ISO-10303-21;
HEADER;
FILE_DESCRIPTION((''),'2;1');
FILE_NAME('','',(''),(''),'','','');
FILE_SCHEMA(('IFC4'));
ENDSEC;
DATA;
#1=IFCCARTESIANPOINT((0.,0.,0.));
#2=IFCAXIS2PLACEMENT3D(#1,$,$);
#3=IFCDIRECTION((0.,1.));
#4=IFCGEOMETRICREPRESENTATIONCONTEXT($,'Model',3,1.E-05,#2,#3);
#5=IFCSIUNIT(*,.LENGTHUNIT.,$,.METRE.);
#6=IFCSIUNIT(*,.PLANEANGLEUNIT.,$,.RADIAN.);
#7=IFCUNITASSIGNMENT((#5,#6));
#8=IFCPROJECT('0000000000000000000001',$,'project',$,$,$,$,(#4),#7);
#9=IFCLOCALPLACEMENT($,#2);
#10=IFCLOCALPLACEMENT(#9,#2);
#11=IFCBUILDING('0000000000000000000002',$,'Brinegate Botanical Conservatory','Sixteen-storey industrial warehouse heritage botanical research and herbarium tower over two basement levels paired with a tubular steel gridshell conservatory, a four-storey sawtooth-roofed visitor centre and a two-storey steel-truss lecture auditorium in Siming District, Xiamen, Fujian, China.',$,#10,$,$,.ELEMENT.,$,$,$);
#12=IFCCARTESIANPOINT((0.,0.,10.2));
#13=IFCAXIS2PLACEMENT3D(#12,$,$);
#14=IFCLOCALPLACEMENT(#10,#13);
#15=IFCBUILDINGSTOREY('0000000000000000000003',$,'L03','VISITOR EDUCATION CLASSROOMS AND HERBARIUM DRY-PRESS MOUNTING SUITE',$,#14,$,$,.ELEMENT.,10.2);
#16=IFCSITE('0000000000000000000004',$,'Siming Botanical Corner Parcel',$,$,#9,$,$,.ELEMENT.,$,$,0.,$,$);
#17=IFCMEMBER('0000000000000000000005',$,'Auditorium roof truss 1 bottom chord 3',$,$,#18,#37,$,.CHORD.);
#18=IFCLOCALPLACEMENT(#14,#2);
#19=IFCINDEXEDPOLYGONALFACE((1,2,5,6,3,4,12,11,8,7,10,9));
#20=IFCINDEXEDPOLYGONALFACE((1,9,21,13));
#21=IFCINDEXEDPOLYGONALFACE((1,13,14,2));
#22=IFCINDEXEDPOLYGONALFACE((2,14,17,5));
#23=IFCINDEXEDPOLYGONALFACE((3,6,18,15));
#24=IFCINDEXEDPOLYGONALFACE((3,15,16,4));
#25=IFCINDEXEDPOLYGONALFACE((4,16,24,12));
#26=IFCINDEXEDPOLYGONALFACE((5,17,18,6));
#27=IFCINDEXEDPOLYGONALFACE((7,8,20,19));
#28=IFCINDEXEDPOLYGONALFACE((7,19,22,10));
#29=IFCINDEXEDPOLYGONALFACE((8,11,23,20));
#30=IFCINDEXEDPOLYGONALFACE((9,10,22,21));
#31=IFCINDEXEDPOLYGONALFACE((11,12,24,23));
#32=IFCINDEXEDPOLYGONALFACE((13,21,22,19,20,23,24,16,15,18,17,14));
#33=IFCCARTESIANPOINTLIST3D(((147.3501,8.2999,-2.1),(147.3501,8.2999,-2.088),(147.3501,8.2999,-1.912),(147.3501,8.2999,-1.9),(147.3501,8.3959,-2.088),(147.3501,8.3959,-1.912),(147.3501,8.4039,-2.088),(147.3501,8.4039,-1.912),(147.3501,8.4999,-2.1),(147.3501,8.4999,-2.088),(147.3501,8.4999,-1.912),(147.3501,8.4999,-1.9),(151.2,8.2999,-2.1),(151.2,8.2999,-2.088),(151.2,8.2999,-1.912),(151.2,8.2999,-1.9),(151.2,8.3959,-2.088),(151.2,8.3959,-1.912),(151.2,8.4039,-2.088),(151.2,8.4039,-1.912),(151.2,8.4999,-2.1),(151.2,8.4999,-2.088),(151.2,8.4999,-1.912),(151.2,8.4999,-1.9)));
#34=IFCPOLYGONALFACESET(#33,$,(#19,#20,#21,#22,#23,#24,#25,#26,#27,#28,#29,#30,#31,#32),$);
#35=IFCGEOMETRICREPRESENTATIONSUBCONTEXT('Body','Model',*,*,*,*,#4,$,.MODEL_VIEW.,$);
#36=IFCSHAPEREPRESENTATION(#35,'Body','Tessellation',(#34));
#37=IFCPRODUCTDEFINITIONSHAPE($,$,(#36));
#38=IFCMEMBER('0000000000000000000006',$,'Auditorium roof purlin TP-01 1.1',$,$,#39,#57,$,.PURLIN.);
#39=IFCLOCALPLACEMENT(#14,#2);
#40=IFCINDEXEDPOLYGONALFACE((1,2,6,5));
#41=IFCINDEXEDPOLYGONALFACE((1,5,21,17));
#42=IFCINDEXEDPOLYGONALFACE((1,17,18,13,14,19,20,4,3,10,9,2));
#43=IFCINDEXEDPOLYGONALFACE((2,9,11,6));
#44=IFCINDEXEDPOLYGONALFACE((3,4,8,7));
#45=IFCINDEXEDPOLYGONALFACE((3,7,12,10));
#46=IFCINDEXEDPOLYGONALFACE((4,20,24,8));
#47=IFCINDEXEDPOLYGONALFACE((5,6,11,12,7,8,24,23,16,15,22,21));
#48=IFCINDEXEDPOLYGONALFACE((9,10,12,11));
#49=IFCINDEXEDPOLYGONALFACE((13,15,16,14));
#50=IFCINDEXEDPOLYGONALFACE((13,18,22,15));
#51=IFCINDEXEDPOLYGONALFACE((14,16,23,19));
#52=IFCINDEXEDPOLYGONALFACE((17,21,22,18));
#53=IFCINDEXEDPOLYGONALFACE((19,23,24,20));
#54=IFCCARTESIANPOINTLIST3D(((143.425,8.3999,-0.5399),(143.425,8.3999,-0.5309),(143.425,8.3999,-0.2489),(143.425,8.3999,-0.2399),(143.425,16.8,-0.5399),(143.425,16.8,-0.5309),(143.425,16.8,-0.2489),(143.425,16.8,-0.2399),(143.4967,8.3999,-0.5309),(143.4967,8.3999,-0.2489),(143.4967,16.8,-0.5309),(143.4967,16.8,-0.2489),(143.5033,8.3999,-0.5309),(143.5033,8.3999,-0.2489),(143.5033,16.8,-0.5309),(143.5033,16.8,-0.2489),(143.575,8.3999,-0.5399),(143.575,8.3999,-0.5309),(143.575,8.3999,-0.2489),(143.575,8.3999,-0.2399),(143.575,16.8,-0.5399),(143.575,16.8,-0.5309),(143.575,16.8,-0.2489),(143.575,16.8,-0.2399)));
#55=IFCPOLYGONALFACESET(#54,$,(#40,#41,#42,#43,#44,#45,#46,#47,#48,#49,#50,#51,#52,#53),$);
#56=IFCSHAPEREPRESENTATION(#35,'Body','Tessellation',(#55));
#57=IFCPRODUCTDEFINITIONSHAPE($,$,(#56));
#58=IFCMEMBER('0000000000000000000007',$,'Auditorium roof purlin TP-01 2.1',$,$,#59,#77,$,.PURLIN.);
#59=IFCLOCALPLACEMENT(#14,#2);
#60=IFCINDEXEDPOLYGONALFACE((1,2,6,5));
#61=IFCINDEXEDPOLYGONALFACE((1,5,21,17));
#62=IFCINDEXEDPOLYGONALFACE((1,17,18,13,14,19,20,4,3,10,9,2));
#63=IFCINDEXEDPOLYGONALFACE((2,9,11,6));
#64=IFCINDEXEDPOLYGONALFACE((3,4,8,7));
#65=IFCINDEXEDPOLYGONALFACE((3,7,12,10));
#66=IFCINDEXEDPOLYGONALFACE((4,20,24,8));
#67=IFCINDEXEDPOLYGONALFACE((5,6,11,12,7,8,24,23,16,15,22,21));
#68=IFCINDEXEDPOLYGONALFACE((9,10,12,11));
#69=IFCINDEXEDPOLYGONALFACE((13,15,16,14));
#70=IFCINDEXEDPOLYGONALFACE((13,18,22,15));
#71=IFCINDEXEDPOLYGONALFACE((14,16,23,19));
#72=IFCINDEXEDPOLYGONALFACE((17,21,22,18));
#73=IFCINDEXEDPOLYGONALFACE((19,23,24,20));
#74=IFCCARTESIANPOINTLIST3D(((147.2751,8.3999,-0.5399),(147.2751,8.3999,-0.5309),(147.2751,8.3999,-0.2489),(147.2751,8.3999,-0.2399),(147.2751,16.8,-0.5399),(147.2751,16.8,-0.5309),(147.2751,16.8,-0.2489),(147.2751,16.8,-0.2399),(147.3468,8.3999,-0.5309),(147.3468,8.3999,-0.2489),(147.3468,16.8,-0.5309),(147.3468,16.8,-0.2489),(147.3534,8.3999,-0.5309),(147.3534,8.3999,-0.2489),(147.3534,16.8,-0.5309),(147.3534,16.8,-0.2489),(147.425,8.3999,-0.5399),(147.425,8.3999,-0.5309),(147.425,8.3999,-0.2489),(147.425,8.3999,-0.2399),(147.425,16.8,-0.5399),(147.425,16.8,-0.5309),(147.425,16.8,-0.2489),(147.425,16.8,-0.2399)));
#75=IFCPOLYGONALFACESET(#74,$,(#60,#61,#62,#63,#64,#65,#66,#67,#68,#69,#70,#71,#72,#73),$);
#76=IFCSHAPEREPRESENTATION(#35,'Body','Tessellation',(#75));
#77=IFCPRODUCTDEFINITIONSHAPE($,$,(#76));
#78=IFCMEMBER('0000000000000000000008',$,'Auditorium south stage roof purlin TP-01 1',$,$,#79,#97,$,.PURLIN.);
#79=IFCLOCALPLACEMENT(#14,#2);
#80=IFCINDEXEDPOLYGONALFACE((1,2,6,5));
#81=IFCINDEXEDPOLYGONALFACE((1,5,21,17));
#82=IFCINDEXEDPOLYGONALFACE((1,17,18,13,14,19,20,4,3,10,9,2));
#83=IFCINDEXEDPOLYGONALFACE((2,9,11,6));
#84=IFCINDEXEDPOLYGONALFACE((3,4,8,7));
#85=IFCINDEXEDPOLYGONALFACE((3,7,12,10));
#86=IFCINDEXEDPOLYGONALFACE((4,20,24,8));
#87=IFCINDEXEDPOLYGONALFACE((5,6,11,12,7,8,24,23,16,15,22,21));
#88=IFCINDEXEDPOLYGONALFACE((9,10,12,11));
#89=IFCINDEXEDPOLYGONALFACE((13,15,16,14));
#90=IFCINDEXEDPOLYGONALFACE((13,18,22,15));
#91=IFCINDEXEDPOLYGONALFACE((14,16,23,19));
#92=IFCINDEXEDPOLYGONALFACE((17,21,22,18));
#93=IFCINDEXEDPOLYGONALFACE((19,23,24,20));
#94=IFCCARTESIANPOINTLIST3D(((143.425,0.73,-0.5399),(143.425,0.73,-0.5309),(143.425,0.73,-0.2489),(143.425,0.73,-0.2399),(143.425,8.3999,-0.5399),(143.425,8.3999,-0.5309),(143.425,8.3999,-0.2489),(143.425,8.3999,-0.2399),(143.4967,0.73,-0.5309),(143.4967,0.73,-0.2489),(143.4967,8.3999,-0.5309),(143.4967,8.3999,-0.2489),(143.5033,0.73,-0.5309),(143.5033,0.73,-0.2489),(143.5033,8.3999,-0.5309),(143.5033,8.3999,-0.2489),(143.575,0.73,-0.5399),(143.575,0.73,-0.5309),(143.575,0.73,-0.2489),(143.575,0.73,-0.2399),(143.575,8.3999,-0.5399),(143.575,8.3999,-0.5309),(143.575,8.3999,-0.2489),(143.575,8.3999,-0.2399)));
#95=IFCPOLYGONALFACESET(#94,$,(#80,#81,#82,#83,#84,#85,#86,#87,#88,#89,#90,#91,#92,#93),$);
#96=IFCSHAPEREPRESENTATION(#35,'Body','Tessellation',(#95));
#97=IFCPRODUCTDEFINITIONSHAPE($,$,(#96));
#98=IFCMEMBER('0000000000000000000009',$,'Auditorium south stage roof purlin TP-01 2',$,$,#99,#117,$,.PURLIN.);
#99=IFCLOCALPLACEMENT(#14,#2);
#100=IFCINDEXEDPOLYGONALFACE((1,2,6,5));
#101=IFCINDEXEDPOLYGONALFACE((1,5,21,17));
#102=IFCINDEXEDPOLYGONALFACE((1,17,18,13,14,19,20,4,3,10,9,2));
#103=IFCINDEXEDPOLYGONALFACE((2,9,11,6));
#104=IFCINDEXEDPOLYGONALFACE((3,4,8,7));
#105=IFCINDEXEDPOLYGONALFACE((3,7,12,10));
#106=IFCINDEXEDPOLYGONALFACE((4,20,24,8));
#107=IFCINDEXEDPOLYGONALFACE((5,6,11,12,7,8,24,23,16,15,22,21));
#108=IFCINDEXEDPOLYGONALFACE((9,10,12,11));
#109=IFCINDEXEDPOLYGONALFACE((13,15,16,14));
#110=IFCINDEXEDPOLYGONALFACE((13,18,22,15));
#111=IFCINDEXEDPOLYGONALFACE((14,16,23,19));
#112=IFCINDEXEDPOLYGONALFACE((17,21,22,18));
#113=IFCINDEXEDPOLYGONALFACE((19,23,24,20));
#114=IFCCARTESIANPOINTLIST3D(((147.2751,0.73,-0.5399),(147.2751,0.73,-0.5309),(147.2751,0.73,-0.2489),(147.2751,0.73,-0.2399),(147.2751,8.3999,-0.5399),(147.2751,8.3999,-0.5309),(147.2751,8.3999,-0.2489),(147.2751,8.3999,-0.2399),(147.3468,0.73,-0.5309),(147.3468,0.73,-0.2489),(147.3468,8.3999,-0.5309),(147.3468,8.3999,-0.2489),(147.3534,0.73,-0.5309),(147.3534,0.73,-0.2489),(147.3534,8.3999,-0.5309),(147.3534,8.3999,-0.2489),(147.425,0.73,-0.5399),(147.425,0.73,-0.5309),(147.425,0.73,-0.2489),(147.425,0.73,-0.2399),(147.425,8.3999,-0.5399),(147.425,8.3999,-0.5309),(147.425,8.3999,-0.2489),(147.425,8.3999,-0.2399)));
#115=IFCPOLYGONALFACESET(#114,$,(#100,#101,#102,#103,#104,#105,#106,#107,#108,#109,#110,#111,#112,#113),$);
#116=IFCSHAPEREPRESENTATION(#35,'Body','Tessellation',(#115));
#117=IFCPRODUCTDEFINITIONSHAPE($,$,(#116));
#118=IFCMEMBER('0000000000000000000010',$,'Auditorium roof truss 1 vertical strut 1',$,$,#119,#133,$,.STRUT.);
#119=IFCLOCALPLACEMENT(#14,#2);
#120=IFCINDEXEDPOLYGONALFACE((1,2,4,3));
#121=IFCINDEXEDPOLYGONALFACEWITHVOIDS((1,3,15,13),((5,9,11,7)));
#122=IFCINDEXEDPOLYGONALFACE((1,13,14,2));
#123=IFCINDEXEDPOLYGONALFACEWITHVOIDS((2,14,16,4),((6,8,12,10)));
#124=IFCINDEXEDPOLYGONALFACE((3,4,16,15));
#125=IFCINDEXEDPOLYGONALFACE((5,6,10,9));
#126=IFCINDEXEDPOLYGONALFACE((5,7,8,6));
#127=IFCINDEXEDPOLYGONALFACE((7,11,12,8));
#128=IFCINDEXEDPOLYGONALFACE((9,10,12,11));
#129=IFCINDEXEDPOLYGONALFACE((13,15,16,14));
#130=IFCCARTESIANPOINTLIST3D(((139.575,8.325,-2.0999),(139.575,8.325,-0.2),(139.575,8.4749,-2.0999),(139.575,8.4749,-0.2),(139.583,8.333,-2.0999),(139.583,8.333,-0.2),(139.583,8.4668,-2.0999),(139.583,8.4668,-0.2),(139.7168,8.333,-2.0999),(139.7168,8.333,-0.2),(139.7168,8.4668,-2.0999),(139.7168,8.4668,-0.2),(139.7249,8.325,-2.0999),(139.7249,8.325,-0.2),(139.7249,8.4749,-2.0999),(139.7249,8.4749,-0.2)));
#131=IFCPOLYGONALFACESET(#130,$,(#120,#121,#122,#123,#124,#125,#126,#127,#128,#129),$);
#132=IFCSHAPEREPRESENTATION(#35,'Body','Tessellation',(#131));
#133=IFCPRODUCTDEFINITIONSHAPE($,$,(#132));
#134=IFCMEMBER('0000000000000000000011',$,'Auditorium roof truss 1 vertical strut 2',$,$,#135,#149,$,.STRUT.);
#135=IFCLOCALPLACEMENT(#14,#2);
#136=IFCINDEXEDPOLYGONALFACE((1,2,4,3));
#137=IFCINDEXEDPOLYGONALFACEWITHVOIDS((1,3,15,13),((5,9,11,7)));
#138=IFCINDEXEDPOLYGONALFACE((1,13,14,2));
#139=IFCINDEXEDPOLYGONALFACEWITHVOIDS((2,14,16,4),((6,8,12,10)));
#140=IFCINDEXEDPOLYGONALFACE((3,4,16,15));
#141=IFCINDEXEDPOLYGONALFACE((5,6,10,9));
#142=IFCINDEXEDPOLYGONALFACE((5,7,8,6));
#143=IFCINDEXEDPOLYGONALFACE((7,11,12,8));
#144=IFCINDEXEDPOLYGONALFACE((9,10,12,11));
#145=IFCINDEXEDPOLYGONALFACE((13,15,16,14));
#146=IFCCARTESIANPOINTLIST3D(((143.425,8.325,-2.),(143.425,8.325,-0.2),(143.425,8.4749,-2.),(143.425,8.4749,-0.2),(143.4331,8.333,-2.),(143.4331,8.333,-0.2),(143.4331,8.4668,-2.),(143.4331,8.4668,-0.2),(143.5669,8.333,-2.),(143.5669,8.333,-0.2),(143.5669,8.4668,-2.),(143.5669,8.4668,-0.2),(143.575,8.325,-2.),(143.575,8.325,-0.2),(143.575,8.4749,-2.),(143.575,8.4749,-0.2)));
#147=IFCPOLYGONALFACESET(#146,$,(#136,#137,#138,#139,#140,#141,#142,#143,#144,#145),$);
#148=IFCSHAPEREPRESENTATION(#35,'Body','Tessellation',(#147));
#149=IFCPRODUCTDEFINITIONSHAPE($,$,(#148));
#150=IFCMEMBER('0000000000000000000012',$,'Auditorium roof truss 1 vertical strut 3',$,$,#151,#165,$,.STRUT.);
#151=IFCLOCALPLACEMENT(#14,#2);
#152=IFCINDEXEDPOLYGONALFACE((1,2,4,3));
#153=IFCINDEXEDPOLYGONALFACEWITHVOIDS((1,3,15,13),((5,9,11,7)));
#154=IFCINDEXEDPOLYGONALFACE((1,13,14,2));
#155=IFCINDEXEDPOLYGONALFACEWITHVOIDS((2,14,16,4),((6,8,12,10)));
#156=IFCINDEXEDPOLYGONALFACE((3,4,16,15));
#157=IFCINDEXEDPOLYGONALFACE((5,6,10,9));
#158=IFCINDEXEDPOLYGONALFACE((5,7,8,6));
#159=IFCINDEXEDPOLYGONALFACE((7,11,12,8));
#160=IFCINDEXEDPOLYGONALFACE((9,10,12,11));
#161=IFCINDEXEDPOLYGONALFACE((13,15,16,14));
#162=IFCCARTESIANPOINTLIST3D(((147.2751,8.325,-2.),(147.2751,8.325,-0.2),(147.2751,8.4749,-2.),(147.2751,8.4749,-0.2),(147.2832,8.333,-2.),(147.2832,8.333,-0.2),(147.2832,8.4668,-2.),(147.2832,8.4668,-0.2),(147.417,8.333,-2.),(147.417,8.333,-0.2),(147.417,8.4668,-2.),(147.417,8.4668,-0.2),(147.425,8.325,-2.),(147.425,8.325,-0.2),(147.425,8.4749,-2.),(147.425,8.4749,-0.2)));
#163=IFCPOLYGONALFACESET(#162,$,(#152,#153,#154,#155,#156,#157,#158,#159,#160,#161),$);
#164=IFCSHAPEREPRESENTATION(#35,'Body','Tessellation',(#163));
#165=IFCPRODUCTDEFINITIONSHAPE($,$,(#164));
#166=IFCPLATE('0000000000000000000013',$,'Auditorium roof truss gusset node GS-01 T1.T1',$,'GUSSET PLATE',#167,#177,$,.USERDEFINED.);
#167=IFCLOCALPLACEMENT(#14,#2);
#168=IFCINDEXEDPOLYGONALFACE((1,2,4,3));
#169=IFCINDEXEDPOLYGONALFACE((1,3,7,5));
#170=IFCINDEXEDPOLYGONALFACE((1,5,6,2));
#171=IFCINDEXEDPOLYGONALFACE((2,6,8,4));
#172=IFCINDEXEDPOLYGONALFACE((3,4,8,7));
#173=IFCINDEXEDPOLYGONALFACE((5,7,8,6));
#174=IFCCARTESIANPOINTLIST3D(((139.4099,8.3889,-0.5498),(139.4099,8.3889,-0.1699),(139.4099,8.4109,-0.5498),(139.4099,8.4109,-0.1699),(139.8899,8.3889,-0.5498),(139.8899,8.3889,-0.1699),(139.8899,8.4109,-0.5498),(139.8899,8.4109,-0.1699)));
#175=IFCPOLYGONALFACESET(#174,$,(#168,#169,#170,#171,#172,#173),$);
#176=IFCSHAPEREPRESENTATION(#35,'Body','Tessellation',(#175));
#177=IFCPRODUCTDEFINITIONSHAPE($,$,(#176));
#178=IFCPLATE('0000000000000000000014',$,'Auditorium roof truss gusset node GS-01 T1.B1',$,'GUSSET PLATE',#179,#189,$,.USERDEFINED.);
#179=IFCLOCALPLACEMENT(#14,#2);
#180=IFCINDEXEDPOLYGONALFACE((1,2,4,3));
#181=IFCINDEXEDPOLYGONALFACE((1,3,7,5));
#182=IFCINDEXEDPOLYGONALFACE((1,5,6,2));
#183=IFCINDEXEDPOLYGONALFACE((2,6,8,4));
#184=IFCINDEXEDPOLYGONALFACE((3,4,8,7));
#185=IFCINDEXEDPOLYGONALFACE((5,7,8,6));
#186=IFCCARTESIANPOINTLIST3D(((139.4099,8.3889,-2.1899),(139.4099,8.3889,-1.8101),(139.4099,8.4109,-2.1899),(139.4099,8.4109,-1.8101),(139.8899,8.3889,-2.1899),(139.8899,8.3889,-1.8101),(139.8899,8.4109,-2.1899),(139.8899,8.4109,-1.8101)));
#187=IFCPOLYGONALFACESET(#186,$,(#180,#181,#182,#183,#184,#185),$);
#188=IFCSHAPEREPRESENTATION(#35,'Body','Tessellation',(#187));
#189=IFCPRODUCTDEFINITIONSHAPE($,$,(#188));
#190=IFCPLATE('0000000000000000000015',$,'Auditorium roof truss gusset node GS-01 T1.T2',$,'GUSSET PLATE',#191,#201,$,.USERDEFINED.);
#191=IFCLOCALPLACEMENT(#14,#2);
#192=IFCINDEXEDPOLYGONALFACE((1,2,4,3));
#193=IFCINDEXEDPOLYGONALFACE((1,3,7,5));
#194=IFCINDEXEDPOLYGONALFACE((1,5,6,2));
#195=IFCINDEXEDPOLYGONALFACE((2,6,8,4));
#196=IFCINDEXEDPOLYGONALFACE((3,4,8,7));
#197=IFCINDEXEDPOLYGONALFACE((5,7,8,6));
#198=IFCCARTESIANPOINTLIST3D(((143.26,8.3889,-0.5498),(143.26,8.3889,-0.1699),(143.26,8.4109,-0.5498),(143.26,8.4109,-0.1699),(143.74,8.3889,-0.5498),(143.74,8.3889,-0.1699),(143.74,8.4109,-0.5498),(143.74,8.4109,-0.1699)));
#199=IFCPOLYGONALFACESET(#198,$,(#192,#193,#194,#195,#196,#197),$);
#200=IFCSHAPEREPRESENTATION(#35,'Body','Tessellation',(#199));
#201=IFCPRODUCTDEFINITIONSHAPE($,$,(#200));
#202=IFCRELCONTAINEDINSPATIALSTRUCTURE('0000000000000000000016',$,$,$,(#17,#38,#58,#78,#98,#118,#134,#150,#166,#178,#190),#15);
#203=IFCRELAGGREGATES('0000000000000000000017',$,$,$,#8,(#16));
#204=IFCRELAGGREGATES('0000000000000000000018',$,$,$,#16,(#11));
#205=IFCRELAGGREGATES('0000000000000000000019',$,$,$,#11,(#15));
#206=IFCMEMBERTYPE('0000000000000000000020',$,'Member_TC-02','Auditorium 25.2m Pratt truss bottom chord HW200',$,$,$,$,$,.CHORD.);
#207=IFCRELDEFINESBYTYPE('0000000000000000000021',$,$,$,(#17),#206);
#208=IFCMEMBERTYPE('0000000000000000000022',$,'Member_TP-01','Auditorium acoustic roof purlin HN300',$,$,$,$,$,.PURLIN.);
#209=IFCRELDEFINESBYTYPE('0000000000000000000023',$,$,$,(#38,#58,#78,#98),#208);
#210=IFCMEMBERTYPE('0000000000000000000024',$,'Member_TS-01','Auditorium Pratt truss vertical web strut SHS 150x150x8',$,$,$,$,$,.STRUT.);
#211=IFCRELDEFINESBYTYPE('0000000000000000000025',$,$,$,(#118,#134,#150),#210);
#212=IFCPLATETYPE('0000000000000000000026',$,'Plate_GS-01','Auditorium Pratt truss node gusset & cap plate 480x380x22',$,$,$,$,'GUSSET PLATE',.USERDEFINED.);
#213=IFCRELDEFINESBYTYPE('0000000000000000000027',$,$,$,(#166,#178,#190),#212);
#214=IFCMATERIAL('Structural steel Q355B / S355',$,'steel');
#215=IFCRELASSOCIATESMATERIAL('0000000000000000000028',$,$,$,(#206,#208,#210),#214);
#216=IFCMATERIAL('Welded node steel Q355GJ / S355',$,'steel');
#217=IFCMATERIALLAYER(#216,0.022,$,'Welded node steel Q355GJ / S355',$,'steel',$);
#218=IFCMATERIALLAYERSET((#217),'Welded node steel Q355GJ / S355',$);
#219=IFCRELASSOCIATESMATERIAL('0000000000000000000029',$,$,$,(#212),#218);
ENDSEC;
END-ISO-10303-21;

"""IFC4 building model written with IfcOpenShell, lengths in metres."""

from ifc_helpers import new_model, si_unit, direction, frame, origin, origin_2d, place, context, subcontext, project, spatial, rectangle, hollow_rectangle, i_section, extrude, material, layer, layer_set, material_profile, profile_set, type_object, element, save


model = new_model("IFC4")

# Units and contexts
model_context = context("Model", 3, precision=1e-05, world=origin(), true_north=direction((0.0, 1.0)))
body_context = subcontext(model_context, "Body", "Model", "MODEL_VIEW")
ifc_project = project(units=[si_unit("LENGTHUNIT", "METRE"), si_unit("PLANEANGLEUNIT", "RADIAN")], contexts=[model_context])

# Site, building, storey
site_placement = place(None, origin())
site = spatial("IfcSite", under=ifc_project, at=site_placement, Name="Siming Botanical Corner Parcel", CompositionType="ELEMENT", RefElevation=0.0)
building_placement = place(site_placement, origin())
building = spatial("IfcBuilding", under=site, at=building_placement, Name="Brinegate Botanical Conservatory", Description="Sixteen-storey industrial warehouse heritage botanical research and herbarium tower over two basement levels paired with a tubular steel gridshell conservatory, a four-storey sawtooth-roofed visitor centre and a two-storey steel-truss lecture auditorium in Siming District, Xiamen, Fujian, China.", CompositionType="ELEMENT")
storey_placement = place(building_placement, frame((0.0, 0.0, 10.2)))
storey = spatial("IfcBuildingStorey", under=building, at=storey_placement, Name="L03", Description="VISITOR EDUCATION CLASSROOMS AND HERBARIUM DRY-PRESS MOUNTING SUITE", CompositionType="ELEMENT", Elevation=10.2)

# Members
ifc_material_1 = material(Name="Structural steel Q355B / S355", Category="steel")
ifc_material_profile_1 = material_profile(ifc_material_1, i_section(OverallWidth=0.2, OverallDepth=0.2, WebThickness=0.0081, FlangeThickness=0.012, at=origin_2d()), Name="HW 200x200x8x12")
ifc_profile_set_1 = profile_set([ifc_material_profile_1], Name="Structural steel Q355B / S355")
member_type_1 = type_object("IfcMemberType", Name="Member_TC-02", Description="Auditorium 25.2m Pratt truss bottom chord HW200", PredefinedType="CHORD", material=ifc_profile_set_1)
member_1_placement = place(storey_placement, frame((147.3501, 8.3999, -2.0), z_axis=(1.0, 0.0, 0.0), x_axis=(0.0, 1.0, 0.0)))
element("IfcMember", 1, at=member_1_placement, inside=storey, type_object=member_type_1, Name="Auditorium roof truss 1 bottom chord 3", PredefinedType="CHORD", context=body_context, shape_type="SweptSolid", body=[
    extrude(i_section(OverallWidth=0.2, OverallDepth=0.2, WebThickness=0.0081, FlangeThickness=0.012, at=origin_2d()), origin(), (0.0, 0.0, 1.0), 3.8499),
])
ifc_material_profile_2 = material_profile(ifc_material_1, i_section(OverallWidth=0.1499, OverallDepth=0.3, WebThickness=0.0066, FlangeThickness=0.009, at=origin_2d()), Name="HN 300x150x6.5x9")
ifc_profile_set_2 = profile_set([ifc_material_profile_2], Name="Structural steel Q355B / S355")
member_type_2 = type_object("IfcMemberType", Name="Member_TP-01", Description="Auditorium acoustic roof purlin HN300", PredefinedType="PURLIN", material=ifc_profile_set_2)
for number, where, z_axis, x_axis, name in (
    (2, (143.5, 8.3999, -0.3899), (0.0, 1.0, 0.0), (-1.0, 0.0, 0.0), "Auditorium roof purlin TP-01 1.1"),
    (3, (147.3501, 8.3999, -0.3899), (0.0, 1.0, 0.0), (-1.0, 0.0, 0.0), "Auditorium roof purlin TP-01 2.1"),
):
    element("IfcMember", number, at=place(storey_placement, frame(where, z_axis=z_axis, x_axis=x_axis)), inside=storey, type_object=member_type_2, Name=name, PredefinedType="PURLIN", context=body_context, shape_type="SweptSolid", body=[
        extrude(i_section(OverallWidth=0.1499, OverallDepth=0.3, WebThickness=0.0066, FlangeThickness=0.009, at=origin_2d()), origin(), (0.0, 0.0, 1.0), 8.4001),
    ])
for number, where, z_axis, x_axis, name in (
    (4, (143.5, 0.73, -0.3899), (0.0, 1.0, 0.0), (-1.0, 0.0, 0.0), "Auditorium south stage roof purlin TP-01 1"),
    (5, (147.3501, 0.73, -0.3899), (0.0, 1.0, 0.0), (-1.0, 0.0, 0.0), "Auditorium south stage roof purlin TP-01 2"),
):
    element("IfcMember", number, at=place(storey_placement, frame(where, z_axis=z_axis, x_axis=x_axis)), inside=storey, type_object=member_type_2, Name=name, PredefinedType="PURLIN", context=body_context, shape_type="SweptSolid", body=[
        extrude(i_section(OverallWidth=0.1499, OverallDepth=0.3, WebThickness=0.0066, FlangeThickness=0.009, at=origin_2d()), origin(), (0.0, 0.0, 1.0), 7.6699),
    ])
ifc_material_profile_3 = material_profile(ifc_material_1, hollow_rectangle(XDim=0.1499, YDim=0.1499, WallThickness=0.0081, at=origin_2d()), Name="SHS 150x150x8")
ifc_profile_set_3 = profile_set([ifc_material_profile_3], Name="Structural steel Q355B / S355")
member_type_3 = type_object("IfcMemberType", Name="Member_TS-01", Description="Auditorium Pratt truss vertical web strut SHS 150x150x8", PredefinedType="STRUT", material=ifc_profile_set_3)
member_2_placement = place(storey_placement, frame((139.6499, 8.3999, -2.0999), z_axis=(0.0, 0.0, 1.0), x_axis=(1.0, 0.0, 0.0)))
element("IfcMember", 6, at=member_2_placement, inside=storey, type_object=member_type_3, Name="Auditorium roof truss 1 vertical strut 1", PredefinedType="STRUT", context=body_context, shape_type="SweptSolid", body=[
    extrude(hollow_rectangle(XDim=0.1499, YDim=0.1499, WallThickness=0.0081, at=origin_2d()), origin(), (0.0, 0.0, 1.0), 1.8999),
])
for number, where, z_axis, x_axis, name in (
    (7, (143.5, 8.3999, -2.0), (0.0, 0.0, 1.0), (1.0, 0.0, 0.0), "Auditorium roof truss 1 vertical strut 2"),
    (8, (147.3501, 8.3999, -2.0), (0.0, 0.0, 1.0), (1.0, 0.0, 0.0), "Auditorium roof truss 1 vertical strut 3"),
):
    element("IfcMember", number, at=place(storey_placement, frame(where, z_axis=z_axis, x_axis=x_axis)), inside=storey, type_object=member_type_3, Name=name, PredefinedType="STRUT", context=body_context, shape_type="SweptSolid", body=[
        extrude(hollow_rectangle(XDim=0.1499, YDim=0.1499, WallThickness=0.0081, at=origin_2d()), origin(), (0.0, 0.0, 1.0), 1.8),
    ])

# Plates
ifc_material_2 = material(Name="Welded node steel Q355GJ / S355", Category="steel")
ifc_layer_1 = layer(ifc_material_2, 0.022, Name="Welded node steel Q355GJ / S355", Category="steel")
ifc_layer_set_1 = layer_set([ifc_layer_1], Name="Welded node steel Q355GJ / S355")
plate_type = type_object("IfcPlateType", Name="Plate_GS-01", Description="Auditorium Pratt truss node gusset & cap plate 480x380x22", ElementType="GUSSET PLATE", PredefinedType="USERDEFINED", material=ifc_layer_set_1)
for number, where, z_axis, x_axis, name in (
    (9, (139.6499, 8.3999, -0.5498), (0.0, 0.0, 1.0), (1.0, 0.0, 0.0), "Auditorium roof truss gusset node GS-01 T1.T1"),
    (10, (139.6499, 8.3999, -2.1899), (0.0, 0.0, 1.0), (1.0, 0.0, 0.0), "Auditorium roof truss gusset node GS-01 T1.B1"),
    (11, (143.5, 8.3999, -0.5498), (0.0, 0.0, 1.0), (1.0, 0.0, 0.0), "Auditorium roof truss gusset node GS-01 T1.T2"),
):
    element("IfcPlate", number, at=place(storey_placement, frame(where, z_axis=z_axis, x_axis=x_axis)), inside=storey, type_object=plate_type, Name=name, ObjectType="GUSSET PLATE", PredefinedType="USERDEFINED", context=body_context, shape_type="SweptSolid", body=[
        extrude(rectangle(XDim=0.48, YDim=0.022, at=origin_2d()), origin(), (0.0, 0.0, 1.0), 0.3799),
    ])

save(model, "model.ifc")
